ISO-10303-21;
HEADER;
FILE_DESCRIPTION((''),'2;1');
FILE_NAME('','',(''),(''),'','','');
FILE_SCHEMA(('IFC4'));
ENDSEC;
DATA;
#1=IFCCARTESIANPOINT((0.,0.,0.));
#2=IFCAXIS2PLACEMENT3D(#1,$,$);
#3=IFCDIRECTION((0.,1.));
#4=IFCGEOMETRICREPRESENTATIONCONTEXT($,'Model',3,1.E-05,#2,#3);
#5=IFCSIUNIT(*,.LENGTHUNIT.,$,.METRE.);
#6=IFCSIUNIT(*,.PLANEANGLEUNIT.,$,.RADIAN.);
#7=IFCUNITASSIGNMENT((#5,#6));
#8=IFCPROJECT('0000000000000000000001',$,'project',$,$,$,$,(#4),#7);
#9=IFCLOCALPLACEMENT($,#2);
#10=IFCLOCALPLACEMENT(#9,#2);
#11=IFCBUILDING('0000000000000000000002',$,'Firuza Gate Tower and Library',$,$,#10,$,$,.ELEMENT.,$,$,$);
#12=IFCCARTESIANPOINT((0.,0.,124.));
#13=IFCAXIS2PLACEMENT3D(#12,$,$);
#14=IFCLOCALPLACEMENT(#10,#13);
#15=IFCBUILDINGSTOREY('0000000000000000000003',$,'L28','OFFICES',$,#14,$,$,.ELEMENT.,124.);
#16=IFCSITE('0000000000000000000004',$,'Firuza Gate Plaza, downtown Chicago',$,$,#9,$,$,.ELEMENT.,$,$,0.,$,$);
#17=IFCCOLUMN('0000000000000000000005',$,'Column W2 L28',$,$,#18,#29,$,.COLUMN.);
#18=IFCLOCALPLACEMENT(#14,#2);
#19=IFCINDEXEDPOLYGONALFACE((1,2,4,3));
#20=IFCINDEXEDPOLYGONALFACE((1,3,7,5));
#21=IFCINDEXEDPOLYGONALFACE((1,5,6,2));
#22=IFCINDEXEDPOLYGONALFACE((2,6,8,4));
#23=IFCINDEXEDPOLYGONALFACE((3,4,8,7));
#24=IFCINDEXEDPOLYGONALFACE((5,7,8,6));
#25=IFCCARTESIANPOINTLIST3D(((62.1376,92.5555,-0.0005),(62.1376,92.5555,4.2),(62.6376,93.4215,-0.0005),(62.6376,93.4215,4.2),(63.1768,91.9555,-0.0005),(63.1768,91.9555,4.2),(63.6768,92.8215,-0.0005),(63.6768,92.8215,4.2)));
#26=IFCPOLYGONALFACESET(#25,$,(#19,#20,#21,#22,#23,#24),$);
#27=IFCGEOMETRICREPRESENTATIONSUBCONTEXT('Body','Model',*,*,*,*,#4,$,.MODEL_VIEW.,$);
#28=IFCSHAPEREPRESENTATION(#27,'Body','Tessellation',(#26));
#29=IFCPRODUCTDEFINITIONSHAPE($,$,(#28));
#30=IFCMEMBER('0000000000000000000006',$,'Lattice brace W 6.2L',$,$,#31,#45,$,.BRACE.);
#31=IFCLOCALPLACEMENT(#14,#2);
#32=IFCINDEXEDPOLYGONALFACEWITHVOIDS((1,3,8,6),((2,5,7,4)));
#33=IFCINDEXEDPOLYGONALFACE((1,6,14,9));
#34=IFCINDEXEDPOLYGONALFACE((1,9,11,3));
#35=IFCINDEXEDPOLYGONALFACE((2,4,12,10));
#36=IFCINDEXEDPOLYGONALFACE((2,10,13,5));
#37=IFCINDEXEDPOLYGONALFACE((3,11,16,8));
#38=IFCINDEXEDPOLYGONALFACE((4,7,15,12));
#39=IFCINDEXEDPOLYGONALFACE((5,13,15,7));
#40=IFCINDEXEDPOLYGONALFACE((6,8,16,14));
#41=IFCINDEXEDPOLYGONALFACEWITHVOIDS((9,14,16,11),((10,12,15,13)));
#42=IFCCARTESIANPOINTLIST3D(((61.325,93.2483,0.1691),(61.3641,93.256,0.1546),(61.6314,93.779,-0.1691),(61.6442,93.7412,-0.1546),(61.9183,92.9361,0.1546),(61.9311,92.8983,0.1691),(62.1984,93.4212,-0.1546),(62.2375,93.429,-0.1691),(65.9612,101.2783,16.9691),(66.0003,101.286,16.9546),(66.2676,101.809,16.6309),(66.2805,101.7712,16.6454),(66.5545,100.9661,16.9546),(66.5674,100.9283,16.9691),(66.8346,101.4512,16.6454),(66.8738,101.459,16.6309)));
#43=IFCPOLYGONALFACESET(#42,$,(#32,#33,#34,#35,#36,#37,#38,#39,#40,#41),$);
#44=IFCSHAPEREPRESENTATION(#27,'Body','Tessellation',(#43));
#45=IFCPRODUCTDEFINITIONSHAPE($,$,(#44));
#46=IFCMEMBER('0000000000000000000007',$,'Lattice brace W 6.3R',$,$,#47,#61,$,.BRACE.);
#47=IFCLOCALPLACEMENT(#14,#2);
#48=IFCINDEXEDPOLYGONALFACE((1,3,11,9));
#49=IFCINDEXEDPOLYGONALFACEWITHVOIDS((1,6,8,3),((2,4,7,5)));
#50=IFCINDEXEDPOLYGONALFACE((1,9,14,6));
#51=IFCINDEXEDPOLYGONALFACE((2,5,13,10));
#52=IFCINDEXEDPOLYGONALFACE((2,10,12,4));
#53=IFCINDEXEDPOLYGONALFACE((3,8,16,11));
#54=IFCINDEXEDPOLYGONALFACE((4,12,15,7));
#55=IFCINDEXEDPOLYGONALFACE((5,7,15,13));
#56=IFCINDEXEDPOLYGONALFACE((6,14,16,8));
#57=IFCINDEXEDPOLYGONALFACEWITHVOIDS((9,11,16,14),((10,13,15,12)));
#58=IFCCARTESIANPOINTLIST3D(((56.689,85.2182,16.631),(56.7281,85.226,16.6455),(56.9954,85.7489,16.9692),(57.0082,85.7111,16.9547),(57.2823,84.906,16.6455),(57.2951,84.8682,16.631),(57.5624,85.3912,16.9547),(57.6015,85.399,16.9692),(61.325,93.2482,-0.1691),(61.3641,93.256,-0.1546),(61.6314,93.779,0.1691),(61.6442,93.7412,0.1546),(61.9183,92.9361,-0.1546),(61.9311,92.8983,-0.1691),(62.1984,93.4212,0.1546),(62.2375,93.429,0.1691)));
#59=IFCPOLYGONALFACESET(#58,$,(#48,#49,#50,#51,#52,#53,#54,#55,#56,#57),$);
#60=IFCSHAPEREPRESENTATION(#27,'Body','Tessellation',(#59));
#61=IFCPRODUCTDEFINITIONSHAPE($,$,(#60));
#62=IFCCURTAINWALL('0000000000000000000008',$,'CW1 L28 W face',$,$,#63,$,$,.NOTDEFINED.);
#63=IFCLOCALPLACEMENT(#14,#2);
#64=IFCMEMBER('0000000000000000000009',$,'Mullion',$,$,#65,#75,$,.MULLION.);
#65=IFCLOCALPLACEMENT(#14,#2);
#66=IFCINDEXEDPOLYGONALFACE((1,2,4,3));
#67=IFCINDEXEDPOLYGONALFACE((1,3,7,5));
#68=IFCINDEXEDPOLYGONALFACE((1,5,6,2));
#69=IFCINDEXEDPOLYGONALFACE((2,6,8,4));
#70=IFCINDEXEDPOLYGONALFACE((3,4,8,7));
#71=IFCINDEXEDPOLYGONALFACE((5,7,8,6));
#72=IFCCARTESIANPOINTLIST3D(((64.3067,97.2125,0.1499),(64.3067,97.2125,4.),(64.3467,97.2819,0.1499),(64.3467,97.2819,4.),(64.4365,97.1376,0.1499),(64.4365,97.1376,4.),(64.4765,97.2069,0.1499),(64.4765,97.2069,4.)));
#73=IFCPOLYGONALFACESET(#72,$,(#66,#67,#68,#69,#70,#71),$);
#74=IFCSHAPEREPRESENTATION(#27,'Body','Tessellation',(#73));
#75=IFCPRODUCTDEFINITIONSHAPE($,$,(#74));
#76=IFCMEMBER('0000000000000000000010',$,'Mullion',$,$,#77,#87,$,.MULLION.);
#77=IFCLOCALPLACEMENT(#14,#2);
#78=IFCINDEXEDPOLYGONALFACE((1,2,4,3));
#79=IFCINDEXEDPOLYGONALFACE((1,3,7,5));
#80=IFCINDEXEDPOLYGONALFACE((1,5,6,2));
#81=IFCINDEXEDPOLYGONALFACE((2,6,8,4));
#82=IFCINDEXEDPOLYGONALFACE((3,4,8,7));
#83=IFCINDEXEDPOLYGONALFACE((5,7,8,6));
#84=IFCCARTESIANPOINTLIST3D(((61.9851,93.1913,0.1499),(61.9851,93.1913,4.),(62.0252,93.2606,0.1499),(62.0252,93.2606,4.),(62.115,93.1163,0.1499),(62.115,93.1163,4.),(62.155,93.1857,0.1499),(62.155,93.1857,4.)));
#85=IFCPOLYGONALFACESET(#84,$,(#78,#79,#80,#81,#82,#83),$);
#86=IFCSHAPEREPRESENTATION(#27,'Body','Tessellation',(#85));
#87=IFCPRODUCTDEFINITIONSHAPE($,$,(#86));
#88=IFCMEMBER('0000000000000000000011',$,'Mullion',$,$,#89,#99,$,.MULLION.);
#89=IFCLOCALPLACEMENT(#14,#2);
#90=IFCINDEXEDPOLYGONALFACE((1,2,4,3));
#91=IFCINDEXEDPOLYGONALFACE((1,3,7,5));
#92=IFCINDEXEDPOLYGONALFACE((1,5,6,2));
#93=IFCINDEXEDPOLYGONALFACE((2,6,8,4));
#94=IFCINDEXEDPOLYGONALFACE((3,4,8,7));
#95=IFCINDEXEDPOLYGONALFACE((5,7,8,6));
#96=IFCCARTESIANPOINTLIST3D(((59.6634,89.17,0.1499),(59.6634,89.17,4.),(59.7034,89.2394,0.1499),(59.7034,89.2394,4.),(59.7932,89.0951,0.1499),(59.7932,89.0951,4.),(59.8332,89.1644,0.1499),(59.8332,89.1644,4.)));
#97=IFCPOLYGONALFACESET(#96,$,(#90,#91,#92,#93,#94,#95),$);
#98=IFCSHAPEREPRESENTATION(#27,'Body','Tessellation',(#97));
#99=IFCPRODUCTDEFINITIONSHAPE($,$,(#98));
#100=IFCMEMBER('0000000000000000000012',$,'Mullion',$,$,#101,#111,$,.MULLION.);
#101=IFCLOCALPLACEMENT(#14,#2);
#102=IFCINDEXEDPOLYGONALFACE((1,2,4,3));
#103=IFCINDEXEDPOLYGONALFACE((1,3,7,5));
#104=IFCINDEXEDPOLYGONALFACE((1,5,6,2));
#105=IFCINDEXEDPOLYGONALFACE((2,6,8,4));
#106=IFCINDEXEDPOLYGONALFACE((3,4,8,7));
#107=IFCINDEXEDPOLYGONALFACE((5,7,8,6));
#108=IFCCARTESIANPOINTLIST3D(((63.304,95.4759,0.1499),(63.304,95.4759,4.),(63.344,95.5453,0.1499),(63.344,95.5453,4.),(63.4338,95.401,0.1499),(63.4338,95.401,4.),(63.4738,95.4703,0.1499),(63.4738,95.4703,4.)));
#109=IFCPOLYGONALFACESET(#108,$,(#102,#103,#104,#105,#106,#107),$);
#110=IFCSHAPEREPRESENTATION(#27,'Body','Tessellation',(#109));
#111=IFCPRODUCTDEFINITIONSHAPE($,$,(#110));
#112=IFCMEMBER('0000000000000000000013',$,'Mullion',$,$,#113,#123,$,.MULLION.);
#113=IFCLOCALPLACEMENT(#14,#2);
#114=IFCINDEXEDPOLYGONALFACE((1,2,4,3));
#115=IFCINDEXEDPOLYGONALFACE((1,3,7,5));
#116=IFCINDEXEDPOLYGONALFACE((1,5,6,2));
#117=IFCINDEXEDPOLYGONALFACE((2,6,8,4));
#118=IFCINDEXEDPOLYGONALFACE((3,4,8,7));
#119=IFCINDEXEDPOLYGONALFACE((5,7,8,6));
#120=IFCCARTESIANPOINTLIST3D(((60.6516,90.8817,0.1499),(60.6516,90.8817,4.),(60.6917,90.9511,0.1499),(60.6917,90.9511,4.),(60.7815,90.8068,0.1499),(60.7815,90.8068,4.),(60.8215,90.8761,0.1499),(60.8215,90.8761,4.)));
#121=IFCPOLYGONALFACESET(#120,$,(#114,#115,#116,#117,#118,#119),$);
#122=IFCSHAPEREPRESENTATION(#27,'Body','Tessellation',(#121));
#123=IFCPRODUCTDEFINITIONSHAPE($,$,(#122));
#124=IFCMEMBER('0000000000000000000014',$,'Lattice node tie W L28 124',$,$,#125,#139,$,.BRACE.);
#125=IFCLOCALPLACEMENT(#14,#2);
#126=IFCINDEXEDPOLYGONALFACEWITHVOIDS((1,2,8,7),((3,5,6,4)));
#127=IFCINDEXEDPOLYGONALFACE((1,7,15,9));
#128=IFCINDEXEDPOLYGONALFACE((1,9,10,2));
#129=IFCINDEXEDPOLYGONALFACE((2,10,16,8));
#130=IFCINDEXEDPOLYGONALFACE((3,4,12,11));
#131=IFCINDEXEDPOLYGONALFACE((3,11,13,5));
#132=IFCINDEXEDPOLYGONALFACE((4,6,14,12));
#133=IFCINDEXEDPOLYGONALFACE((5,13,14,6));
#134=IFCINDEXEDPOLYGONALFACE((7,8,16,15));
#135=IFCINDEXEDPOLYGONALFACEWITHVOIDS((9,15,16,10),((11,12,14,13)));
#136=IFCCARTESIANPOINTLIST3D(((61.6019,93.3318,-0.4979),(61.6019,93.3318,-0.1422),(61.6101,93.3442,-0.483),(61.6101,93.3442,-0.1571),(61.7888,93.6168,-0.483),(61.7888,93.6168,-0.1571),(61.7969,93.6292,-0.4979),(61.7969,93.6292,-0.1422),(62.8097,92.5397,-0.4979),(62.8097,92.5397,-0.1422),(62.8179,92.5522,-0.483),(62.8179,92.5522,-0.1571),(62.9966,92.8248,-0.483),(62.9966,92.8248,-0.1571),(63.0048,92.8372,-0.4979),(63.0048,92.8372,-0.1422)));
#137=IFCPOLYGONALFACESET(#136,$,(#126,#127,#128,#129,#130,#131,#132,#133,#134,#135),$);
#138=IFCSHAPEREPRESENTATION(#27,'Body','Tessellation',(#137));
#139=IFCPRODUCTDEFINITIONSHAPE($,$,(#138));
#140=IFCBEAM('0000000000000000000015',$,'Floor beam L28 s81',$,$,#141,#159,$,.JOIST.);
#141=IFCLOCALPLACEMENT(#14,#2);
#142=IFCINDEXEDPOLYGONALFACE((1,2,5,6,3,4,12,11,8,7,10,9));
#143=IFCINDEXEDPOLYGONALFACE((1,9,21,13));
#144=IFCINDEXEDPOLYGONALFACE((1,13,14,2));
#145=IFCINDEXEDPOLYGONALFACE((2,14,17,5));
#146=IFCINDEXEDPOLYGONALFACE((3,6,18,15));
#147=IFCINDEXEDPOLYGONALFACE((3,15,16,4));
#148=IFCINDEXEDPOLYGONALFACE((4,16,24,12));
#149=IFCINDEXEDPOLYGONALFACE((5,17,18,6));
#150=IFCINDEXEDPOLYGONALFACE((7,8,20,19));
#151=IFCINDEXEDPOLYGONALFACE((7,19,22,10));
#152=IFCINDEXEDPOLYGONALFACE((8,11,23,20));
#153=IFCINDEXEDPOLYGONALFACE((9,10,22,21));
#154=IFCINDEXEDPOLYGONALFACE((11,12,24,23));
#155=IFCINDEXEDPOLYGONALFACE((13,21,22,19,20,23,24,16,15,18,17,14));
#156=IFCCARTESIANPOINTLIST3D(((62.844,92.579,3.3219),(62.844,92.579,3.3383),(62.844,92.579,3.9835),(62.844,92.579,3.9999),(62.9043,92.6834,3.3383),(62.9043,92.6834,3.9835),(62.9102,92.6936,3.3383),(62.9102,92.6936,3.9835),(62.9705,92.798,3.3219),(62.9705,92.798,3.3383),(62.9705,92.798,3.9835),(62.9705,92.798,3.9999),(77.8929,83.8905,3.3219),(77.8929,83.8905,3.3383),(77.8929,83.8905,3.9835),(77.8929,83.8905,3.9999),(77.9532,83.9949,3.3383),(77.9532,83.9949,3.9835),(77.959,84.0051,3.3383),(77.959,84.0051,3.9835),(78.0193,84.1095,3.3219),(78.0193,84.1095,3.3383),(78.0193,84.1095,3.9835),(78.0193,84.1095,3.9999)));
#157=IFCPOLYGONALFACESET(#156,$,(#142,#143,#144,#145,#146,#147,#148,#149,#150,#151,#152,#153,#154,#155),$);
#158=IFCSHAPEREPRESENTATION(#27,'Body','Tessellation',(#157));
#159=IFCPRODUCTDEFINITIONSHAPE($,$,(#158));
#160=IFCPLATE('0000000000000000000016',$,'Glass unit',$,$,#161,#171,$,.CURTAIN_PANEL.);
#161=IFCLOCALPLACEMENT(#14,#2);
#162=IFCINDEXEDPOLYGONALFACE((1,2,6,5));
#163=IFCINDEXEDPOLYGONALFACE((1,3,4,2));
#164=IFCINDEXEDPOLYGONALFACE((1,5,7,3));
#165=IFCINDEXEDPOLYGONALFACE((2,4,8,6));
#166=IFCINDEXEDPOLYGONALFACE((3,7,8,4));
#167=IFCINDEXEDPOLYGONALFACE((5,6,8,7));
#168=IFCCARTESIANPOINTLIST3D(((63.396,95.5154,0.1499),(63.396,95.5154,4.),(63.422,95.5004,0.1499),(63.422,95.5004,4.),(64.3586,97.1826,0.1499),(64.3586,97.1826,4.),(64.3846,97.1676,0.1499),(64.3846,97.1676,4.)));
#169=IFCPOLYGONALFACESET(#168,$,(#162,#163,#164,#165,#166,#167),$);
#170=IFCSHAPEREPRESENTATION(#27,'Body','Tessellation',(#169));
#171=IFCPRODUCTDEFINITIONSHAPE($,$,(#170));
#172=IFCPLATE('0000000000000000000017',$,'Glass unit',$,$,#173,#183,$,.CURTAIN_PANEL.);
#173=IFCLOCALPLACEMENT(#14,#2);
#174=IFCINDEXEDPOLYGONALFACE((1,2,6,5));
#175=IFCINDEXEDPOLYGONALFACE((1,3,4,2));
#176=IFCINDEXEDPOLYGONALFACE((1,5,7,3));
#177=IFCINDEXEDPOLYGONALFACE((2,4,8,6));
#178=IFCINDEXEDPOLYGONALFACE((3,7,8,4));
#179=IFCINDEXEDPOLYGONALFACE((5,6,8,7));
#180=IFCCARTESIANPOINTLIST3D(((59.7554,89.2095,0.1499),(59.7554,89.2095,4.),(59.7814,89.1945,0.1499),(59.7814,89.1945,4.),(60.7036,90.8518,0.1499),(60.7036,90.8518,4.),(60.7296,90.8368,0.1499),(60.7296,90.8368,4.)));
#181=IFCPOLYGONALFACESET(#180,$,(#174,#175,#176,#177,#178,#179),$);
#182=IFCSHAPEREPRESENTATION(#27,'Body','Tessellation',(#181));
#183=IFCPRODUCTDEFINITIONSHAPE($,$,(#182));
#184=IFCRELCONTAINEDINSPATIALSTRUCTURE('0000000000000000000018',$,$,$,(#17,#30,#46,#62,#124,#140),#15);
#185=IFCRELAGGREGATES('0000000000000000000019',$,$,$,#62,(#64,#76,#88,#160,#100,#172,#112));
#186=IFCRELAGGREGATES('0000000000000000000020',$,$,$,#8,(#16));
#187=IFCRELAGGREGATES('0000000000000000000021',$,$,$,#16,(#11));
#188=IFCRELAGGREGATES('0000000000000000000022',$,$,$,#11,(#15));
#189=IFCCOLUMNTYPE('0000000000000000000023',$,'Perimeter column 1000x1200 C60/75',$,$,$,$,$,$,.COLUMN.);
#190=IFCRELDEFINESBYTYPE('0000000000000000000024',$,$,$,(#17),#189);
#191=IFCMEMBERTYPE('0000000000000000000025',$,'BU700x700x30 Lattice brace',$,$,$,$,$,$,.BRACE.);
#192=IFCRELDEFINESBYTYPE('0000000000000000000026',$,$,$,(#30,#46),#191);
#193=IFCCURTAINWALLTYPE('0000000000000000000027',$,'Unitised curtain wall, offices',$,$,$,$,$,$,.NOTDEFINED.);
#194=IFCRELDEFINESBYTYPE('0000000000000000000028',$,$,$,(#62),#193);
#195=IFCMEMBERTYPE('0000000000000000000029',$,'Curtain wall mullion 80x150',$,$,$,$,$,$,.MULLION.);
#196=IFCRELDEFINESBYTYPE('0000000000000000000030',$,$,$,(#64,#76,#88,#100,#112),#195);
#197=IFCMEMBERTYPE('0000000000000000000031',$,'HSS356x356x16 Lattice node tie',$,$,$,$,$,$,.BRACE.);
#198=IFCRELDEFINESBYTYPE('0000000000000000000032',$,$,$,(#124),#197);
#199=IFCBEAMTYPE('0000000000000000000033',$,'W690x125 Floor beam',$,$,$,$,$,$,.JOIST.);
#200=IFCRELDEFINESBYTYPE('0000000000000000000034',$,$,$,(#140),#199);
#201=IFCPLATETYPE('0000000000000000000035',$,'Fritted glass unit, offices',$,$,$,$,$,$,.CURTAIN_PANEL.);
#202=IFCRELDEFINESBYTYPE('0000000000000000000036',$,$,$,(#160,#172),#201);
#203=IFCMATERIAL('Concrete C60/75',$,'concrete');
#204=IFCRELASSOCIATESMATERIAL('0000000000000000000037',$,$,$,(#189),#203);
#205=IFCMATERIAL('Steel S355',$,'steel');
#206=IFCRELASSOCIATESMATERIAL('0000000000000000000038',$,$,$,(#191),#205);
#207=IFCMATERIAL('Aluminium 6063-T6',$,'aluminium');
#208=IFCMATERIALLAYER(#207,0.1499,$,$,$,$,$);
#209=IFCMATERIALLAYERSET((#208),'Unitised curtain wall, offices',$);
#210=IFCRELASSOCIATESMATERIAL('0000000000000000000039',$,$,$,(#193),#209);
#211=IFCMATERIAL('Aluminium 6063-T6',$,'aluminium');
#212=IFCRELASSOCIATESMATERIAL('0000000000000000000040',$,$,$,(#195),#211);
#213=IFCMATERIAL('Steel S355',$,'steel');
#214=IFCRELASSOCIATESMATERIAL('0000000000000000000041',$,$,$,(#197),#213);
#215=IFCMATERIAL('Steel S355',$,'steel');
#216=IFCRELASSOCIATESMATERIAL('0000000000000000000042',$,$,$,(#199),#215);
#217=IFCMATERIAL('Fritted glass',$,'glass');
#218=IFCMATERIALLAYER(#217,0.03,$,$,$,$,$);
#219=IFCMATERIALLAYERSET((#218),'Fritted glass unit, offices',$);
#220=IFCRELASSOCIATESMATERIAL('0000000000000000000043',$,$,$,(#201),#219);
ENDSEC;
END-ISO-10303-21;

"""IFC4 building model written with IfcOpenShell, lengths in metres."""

from ifc_helpers import new_model, si_unit, direction, frame, origin, origin_2d, place, context, subcontext, project, spatial, polyline, rectangle, hollow_rectangle, i_section, outline, extrude, material, layer, layer_set, material_profile, profile_set, type_object, element, aggregate, save


model = new_model("IFC4")

# Units and contexts
model_context = context("Model", 3, precision=1e-05, world=origin(), true_north=direction((0.0, 1.0)))
body_context = subcontext(model_context, "Body", "Model", "MODEL_VIEW")
ifc_project = project(units=[si_unit("LENGTHUNIT", "METRE"), si_unit("PLANEANGLEUNIT", "RADIAN")], contexts=[model_context])

# Site, building, storey
site_placement = place(None, origin())
site = spatial("IfcSite", under=ifc_project, at=site_placement, Name="Firuza Gate Plaza, downtown Chicago", CompositionType="ELEMENT", RefElevation=0.0)
building_placement = place(site_placement, origin())
building = spatial("IfcBuilding", under=site, at=building_placement, Name="Firuza Gate Tower and Library", CompositionType="ELEMENT")
storey_placement = place(building_placement, frame((0.0, 0.0, 124.0)))
storey = spatial("IfcBuildingStorey", under=building, at=storey_placement, Name="L28", Description="OFFICES", CompositionType="ELEMENT", Elevation=124.0)

# Column
ifc_material_1 = material(Name="Concrete C60/75", Category="concrete")
ifc_material_profile_1 = material_profile(ifc_material_1, rectangle(XDim=1.0, YDim=1.2, at=origin_2d()))
ifc_profile_set_1 = profile_set([ifc_material_profile_1], Name="Concrete C60/75")
column_type = type_object("IfcColumnType", Name="Perimeter column 1000x1200 C60/75", PredefinedType="COLUMN", material=ifc_profile_set_1)
column_placement = place(storey_placement, frame((62.9072, 92.6885, -0.0005), z_axis=(0.0, 0.0, 1.0), x_axis=(-0.5, -0.866025, 0.0)))
element("IfcColumn", 1, at=column_placement, inside=storey, type_object=column_type, Name="Column W2 L28", PredefinedType="COLUMN", context=body_context, shape_type="SweptSolid", body=[
    extrude(rectangle(XDim=1.0, YDim=1.2, at=origin_2d()), origin(), (0.0, 0.0, 1.0), 4.2004),
])

# Members
ifc_material_2 = material(Name="Steel S355", Category="steel")
ifc_material_profile_2 = material_profile(ifc_material_2, hollow_rectangle(XDim=0.7, YDim=0.7, WallThickness=0.03, at=origin_2d()))
ifc_profile_set_2 = profile_set([ifc_material_profile_2], Name="Steel S355")
member_type_1 = type_object("IfcMemberType", Name="BU700x700x30 Lattice brace", PredefinedType="BRACE", material=ifc_profile_set_2)
for number, where, z_axis, x_axis, name in (
    (2, (61.7812, 93.3386, 0.0), (0.241609, 0.41847, 0.875504), (-0.866021, 0.500007, 0.0), "Lattice brace W 6.2L"),
    (3, (61.7812, 93.3386, 0.0), (-0.241597, -0.418472, 0.875507), (0.866033, -0.499988, 0.0), "Lattice brace W 6.3R"),
):
    element("IfcMember", number, at=place(storey_placement, frame(where, z_axis=z_axis, x_axis=x_axis)), inside=storey, type_object=member_type_1, Name=name, PredefinedType="BRACE", context=body_context, shape_type="SweptSolid", body=[
        extrude(hollow_rectangle(XDim=0.7, YDim=0.7, WallThickness=0.03, at=origin_2d()), origin(), (0.0, 0.0, 1.0), 19.189),
    ])

# Curtain wall, members
ifc_material_3 = material(Name="Aluminium 6063-T6", Category="aluminium")
ifc_layer_1 = layer(ifc_material_3, 0.1499)
ifc_layer_set_1 = layer_set([ifc_layer_1], Name="Unitised curtain wall, offices")
curtain_wall_type = type_object("IfcCurtainWallType", Name="Unitised curtain wall, offices", PredefinedType="NOTDEFINED", material=ifc_layer_set_1)
placement = place(storey_placement, origin())
curtain_wall = element("IfcCurtainWall", 4, at=placement, inside=storey, type_object=curtain_wall_type, Name="CW1 L28 W face", PredefinedType="NOTDEFINED")
ifc_material_4 = material(Name="Aluminium 6063-T6", Category="aluminium")
ifc_material_profile_3 = material_profile(ifc_material_4, rectangle(XDim=0.1499, YDim=0.0801, at=origin_2d()))
ifc_profile_set_3 = profile_set([ifc_material_profile_3], Name="Aluminium 6063-T6")
member_type_2 = type_object("IfcMemberType", Name="Curtain wall mullion 80x150", PredefinedType="MULLION", material=ifc_profile_set_3)
member_1_placement = place(storey_placement, frame((64.3916, 97.2097, 0.1499), z_axis=(0.0, 0.0, 1.0), x_axis=(0.866025, -0.5, 0.0)))
member_1 = element("IfcMember", 5, at=member_1_placement, type_object=member_type_2, Name="Mullion", PredefinedType="MULLION", context=body_context, shape_type="SweptSolid", body=[
    extrude(rectangle(XDim=0.1499, YDim=0.0801, at=origin_2d()), origin(), (0.0, 0.0, 1.0), 3.8501),
])
member_2_placement = place(storey_placement, frame((62.0701, 93.1885, 0.1499), z_axis=(0.0, 0.0, 1.0), x_axis=(0.866025, -0.5, 0.0)))
member_2 = element("IfcMember", 6, at=member_2_placement, type_object=member_type_2, Name="Mullion", PredefinedType="MULLION", context=body_context, shape_type="SweptSolid", body=[
    extrude(rectangle(XDim=0.1499, YDim=0.0801, at=origin_2d()), origin(), (0.0, 0.0, 1.0), 3.8501),
])
member_3_placement = place(storey_placement, frame((59.7483, 89.1672, 0.1499), z_axis=(0.0, 0.0, 1.0), x_axis=(0.866025, -0.5, 0.0)))
member_3 = element("IfcMember", 7, at=member_3_placement, type_object=member_type_2, Name="Mullion", PredefinedType="MULLION", context=body_context, shape_type="SweptSolid", body=[
    extrude(rectangle(XDim=0.1499, YDim=0.0801, at=origin_2d()), origin(), (0.0, 0.0, 1.0), 3.8501),
])
member_4_placement = place(storey_placement, frame((63.3889, 95.4731, 0.1499), z_axis=(0.0, 0.0, 1.0), x_axis=(0.866025, -0.5, 0.0)))
member_4 = element("IfcMember", 8, at=member_4_placement, type_object=member_type_2, Name="Mullion", PredefinedType="MULLION", context=body_context, shape_type="SweptSolid", body=[
    extrude(rectangle(XDim=0.1499, YDim=0.0801, at=origin_2d()), origin(), (0.0, 0.0, 1.0), 3.8501),
])
member_5_placement = place(storey_placement, frame((60.7366, 90.8789, 0.1499), z_axis=(0.0, 0.0, 1.0), x_axis=(0.866025, -0.5, 0.0)))
member_5 = element("IfcMember", 9, at=member_5_placement, type_object=member_type_2, Name="Mullion", PredefinedType="MULLION", context=body_context, shape_type="SweptSolid", body=[
    extrude(rectangle(XDim=0.1499, YDim=0.0801, at=origin_2d()), origin(), (0.0, 0.0, 1.0), 3.8501),
])

# Member
ifc_material_5 = material(Name="Steel S355", Category="steel")
ifc_material_profile_4 = material_profile(ifc_material_5, hollow_rectangle(XDim=0.3557, YDim=0.3557, WallThickness=0.0149, at=origin_2d()))
ifc_profile_set_4 = profile_set([ifc_material_profile_4], Name="Steel S355")
member_type_3 = type_object("IfcMemberType", Name="HSS356x356x16 Lattice node tie", PredefinedType="BRACE", material=ifc_profile_set_4)
member_6_placement = place(storey_placement, frame((62.9072, 92.6885, -0.3201), z_axis=(-0.836239, 0.548365, 0.0), x_axis=(-0.548365, -0.836239, 0.0)))
element("IfcMember", 10, at=member_6_placement, inside=storey, type_object=member_type_3, Name="Lattice node tie W L28 124", PredefinedType="BRACE", context=body_context, shape_type="SweptSolid", body=[
    extrude(hollow_rectangle(XDim=0.3557, YDim=0.3557, WallThickness=0.0149, at=origin_2d()), origin(), (0.0, 0.0, 1.0), 1.4443),
])

# Beam
ifc_material_6 = material(Name="Steel S355", Category="steel")
ifc_material_profile_5 = material_profile(ifc_material_6, i_section(OverallWidth=0.2529, OverallDepth=0.678, WebThickness=0.0117, FlangeThickness=0.0164, at=origin_2d()))
ifc_profile_set_5 = profile_set([ifc_material_profile_5], Name="Steel S355")
beam_type = type_object("IfcBeamType", Name="W690x125 Floor beam", PredefinedType="JOIST", material=ifc_profile_set_5)
beam_placement = place(storey_placement, frame((62.9072, 92.6885, 3.6609), z_axis=(0.866025, -0.500001, 0.0), x_axis=(0.500001, 0.866025, 0.0)))
element("IfcBeam", 11, at=beam_placement, inside=storey, type_object=beam_type, Name="Floor beam L28 s81", PredefinedType="JOIST", context=body_context, shape_type="SweptSolid", body=[
    extrude(i_section(OverallWidth=0.2529, OverallDepth=0.678, WebThickness=0.0117, FlangeThickness=0.0164, at=origin_2d()), origin(), (0.0, 0.0, 1.0), 17.377),
])

# Plates
ifc_material_7 = material(Name="Fritted glass", Category="glass")
ifc_layer_2 = layer(ifc_material_7, 0.03)
ifc_layer_set_2 = layer_set([ifc_layer_2], Name="Fritted glass unit, offices")
plate_type_1 = type_object("IfcPlateType", Name="Fritted glass unit, offices", PredefinedType="CURTAIN_PANEL", material=ifc_layer_set_2)
plate_1_placement = place(storey_placement, frame((64.3586, 97.1826, 0.1499), z_axis=(-0.86601, 0.500026, 0.0), x_axis=(-0.500026, -0.86601, 0.0)))
plate_1 = element("IfcPlate", 12, at=plate_1_placement, type_object=plate_type_1, Name="Glass unit", PredefinedType="CURTAIN_PANEL", context=body_context, shape_type="SweptSolid", body=[
    extrude(outline(polyline([(0.0, 0.0), (1.9252, 0.0), (1.9252, 3.8501), (0.0, 3.8501), (0.0, 0.0)])), origin(), (0.0, 0.0, -1.0), 0.03),
])
plate_2_placement = place(storey_placement, frame((60.7036, 90.8518, 0.1499), z_axis=(-0.866016, 0.500016, 0.0), x_axis=(-0.500016, -0.866016, 0.0)))
plate_2 = element("IfcPlate", 13, at=plate_2_placement, type_object=plate_type_1, Name="Glass unit", PredefinedType="CURTAIN_PANEL", context=body_context, shape_type="SweptSolid", body=[
    extrude(outline(polyline([(0.0, 0.0), (1.8964, 0.0), (1.8964, 3.8501), (0.0, 3.8501), (0.0, 0.0)])), origin(), (0.0, 0.0, -1.0), 0.03),
])
aggregate(curtain_wall, [member_1, member_2, member_3, plate_1, member_4, plate_2, member_5])

save(model, "model.ifc")
